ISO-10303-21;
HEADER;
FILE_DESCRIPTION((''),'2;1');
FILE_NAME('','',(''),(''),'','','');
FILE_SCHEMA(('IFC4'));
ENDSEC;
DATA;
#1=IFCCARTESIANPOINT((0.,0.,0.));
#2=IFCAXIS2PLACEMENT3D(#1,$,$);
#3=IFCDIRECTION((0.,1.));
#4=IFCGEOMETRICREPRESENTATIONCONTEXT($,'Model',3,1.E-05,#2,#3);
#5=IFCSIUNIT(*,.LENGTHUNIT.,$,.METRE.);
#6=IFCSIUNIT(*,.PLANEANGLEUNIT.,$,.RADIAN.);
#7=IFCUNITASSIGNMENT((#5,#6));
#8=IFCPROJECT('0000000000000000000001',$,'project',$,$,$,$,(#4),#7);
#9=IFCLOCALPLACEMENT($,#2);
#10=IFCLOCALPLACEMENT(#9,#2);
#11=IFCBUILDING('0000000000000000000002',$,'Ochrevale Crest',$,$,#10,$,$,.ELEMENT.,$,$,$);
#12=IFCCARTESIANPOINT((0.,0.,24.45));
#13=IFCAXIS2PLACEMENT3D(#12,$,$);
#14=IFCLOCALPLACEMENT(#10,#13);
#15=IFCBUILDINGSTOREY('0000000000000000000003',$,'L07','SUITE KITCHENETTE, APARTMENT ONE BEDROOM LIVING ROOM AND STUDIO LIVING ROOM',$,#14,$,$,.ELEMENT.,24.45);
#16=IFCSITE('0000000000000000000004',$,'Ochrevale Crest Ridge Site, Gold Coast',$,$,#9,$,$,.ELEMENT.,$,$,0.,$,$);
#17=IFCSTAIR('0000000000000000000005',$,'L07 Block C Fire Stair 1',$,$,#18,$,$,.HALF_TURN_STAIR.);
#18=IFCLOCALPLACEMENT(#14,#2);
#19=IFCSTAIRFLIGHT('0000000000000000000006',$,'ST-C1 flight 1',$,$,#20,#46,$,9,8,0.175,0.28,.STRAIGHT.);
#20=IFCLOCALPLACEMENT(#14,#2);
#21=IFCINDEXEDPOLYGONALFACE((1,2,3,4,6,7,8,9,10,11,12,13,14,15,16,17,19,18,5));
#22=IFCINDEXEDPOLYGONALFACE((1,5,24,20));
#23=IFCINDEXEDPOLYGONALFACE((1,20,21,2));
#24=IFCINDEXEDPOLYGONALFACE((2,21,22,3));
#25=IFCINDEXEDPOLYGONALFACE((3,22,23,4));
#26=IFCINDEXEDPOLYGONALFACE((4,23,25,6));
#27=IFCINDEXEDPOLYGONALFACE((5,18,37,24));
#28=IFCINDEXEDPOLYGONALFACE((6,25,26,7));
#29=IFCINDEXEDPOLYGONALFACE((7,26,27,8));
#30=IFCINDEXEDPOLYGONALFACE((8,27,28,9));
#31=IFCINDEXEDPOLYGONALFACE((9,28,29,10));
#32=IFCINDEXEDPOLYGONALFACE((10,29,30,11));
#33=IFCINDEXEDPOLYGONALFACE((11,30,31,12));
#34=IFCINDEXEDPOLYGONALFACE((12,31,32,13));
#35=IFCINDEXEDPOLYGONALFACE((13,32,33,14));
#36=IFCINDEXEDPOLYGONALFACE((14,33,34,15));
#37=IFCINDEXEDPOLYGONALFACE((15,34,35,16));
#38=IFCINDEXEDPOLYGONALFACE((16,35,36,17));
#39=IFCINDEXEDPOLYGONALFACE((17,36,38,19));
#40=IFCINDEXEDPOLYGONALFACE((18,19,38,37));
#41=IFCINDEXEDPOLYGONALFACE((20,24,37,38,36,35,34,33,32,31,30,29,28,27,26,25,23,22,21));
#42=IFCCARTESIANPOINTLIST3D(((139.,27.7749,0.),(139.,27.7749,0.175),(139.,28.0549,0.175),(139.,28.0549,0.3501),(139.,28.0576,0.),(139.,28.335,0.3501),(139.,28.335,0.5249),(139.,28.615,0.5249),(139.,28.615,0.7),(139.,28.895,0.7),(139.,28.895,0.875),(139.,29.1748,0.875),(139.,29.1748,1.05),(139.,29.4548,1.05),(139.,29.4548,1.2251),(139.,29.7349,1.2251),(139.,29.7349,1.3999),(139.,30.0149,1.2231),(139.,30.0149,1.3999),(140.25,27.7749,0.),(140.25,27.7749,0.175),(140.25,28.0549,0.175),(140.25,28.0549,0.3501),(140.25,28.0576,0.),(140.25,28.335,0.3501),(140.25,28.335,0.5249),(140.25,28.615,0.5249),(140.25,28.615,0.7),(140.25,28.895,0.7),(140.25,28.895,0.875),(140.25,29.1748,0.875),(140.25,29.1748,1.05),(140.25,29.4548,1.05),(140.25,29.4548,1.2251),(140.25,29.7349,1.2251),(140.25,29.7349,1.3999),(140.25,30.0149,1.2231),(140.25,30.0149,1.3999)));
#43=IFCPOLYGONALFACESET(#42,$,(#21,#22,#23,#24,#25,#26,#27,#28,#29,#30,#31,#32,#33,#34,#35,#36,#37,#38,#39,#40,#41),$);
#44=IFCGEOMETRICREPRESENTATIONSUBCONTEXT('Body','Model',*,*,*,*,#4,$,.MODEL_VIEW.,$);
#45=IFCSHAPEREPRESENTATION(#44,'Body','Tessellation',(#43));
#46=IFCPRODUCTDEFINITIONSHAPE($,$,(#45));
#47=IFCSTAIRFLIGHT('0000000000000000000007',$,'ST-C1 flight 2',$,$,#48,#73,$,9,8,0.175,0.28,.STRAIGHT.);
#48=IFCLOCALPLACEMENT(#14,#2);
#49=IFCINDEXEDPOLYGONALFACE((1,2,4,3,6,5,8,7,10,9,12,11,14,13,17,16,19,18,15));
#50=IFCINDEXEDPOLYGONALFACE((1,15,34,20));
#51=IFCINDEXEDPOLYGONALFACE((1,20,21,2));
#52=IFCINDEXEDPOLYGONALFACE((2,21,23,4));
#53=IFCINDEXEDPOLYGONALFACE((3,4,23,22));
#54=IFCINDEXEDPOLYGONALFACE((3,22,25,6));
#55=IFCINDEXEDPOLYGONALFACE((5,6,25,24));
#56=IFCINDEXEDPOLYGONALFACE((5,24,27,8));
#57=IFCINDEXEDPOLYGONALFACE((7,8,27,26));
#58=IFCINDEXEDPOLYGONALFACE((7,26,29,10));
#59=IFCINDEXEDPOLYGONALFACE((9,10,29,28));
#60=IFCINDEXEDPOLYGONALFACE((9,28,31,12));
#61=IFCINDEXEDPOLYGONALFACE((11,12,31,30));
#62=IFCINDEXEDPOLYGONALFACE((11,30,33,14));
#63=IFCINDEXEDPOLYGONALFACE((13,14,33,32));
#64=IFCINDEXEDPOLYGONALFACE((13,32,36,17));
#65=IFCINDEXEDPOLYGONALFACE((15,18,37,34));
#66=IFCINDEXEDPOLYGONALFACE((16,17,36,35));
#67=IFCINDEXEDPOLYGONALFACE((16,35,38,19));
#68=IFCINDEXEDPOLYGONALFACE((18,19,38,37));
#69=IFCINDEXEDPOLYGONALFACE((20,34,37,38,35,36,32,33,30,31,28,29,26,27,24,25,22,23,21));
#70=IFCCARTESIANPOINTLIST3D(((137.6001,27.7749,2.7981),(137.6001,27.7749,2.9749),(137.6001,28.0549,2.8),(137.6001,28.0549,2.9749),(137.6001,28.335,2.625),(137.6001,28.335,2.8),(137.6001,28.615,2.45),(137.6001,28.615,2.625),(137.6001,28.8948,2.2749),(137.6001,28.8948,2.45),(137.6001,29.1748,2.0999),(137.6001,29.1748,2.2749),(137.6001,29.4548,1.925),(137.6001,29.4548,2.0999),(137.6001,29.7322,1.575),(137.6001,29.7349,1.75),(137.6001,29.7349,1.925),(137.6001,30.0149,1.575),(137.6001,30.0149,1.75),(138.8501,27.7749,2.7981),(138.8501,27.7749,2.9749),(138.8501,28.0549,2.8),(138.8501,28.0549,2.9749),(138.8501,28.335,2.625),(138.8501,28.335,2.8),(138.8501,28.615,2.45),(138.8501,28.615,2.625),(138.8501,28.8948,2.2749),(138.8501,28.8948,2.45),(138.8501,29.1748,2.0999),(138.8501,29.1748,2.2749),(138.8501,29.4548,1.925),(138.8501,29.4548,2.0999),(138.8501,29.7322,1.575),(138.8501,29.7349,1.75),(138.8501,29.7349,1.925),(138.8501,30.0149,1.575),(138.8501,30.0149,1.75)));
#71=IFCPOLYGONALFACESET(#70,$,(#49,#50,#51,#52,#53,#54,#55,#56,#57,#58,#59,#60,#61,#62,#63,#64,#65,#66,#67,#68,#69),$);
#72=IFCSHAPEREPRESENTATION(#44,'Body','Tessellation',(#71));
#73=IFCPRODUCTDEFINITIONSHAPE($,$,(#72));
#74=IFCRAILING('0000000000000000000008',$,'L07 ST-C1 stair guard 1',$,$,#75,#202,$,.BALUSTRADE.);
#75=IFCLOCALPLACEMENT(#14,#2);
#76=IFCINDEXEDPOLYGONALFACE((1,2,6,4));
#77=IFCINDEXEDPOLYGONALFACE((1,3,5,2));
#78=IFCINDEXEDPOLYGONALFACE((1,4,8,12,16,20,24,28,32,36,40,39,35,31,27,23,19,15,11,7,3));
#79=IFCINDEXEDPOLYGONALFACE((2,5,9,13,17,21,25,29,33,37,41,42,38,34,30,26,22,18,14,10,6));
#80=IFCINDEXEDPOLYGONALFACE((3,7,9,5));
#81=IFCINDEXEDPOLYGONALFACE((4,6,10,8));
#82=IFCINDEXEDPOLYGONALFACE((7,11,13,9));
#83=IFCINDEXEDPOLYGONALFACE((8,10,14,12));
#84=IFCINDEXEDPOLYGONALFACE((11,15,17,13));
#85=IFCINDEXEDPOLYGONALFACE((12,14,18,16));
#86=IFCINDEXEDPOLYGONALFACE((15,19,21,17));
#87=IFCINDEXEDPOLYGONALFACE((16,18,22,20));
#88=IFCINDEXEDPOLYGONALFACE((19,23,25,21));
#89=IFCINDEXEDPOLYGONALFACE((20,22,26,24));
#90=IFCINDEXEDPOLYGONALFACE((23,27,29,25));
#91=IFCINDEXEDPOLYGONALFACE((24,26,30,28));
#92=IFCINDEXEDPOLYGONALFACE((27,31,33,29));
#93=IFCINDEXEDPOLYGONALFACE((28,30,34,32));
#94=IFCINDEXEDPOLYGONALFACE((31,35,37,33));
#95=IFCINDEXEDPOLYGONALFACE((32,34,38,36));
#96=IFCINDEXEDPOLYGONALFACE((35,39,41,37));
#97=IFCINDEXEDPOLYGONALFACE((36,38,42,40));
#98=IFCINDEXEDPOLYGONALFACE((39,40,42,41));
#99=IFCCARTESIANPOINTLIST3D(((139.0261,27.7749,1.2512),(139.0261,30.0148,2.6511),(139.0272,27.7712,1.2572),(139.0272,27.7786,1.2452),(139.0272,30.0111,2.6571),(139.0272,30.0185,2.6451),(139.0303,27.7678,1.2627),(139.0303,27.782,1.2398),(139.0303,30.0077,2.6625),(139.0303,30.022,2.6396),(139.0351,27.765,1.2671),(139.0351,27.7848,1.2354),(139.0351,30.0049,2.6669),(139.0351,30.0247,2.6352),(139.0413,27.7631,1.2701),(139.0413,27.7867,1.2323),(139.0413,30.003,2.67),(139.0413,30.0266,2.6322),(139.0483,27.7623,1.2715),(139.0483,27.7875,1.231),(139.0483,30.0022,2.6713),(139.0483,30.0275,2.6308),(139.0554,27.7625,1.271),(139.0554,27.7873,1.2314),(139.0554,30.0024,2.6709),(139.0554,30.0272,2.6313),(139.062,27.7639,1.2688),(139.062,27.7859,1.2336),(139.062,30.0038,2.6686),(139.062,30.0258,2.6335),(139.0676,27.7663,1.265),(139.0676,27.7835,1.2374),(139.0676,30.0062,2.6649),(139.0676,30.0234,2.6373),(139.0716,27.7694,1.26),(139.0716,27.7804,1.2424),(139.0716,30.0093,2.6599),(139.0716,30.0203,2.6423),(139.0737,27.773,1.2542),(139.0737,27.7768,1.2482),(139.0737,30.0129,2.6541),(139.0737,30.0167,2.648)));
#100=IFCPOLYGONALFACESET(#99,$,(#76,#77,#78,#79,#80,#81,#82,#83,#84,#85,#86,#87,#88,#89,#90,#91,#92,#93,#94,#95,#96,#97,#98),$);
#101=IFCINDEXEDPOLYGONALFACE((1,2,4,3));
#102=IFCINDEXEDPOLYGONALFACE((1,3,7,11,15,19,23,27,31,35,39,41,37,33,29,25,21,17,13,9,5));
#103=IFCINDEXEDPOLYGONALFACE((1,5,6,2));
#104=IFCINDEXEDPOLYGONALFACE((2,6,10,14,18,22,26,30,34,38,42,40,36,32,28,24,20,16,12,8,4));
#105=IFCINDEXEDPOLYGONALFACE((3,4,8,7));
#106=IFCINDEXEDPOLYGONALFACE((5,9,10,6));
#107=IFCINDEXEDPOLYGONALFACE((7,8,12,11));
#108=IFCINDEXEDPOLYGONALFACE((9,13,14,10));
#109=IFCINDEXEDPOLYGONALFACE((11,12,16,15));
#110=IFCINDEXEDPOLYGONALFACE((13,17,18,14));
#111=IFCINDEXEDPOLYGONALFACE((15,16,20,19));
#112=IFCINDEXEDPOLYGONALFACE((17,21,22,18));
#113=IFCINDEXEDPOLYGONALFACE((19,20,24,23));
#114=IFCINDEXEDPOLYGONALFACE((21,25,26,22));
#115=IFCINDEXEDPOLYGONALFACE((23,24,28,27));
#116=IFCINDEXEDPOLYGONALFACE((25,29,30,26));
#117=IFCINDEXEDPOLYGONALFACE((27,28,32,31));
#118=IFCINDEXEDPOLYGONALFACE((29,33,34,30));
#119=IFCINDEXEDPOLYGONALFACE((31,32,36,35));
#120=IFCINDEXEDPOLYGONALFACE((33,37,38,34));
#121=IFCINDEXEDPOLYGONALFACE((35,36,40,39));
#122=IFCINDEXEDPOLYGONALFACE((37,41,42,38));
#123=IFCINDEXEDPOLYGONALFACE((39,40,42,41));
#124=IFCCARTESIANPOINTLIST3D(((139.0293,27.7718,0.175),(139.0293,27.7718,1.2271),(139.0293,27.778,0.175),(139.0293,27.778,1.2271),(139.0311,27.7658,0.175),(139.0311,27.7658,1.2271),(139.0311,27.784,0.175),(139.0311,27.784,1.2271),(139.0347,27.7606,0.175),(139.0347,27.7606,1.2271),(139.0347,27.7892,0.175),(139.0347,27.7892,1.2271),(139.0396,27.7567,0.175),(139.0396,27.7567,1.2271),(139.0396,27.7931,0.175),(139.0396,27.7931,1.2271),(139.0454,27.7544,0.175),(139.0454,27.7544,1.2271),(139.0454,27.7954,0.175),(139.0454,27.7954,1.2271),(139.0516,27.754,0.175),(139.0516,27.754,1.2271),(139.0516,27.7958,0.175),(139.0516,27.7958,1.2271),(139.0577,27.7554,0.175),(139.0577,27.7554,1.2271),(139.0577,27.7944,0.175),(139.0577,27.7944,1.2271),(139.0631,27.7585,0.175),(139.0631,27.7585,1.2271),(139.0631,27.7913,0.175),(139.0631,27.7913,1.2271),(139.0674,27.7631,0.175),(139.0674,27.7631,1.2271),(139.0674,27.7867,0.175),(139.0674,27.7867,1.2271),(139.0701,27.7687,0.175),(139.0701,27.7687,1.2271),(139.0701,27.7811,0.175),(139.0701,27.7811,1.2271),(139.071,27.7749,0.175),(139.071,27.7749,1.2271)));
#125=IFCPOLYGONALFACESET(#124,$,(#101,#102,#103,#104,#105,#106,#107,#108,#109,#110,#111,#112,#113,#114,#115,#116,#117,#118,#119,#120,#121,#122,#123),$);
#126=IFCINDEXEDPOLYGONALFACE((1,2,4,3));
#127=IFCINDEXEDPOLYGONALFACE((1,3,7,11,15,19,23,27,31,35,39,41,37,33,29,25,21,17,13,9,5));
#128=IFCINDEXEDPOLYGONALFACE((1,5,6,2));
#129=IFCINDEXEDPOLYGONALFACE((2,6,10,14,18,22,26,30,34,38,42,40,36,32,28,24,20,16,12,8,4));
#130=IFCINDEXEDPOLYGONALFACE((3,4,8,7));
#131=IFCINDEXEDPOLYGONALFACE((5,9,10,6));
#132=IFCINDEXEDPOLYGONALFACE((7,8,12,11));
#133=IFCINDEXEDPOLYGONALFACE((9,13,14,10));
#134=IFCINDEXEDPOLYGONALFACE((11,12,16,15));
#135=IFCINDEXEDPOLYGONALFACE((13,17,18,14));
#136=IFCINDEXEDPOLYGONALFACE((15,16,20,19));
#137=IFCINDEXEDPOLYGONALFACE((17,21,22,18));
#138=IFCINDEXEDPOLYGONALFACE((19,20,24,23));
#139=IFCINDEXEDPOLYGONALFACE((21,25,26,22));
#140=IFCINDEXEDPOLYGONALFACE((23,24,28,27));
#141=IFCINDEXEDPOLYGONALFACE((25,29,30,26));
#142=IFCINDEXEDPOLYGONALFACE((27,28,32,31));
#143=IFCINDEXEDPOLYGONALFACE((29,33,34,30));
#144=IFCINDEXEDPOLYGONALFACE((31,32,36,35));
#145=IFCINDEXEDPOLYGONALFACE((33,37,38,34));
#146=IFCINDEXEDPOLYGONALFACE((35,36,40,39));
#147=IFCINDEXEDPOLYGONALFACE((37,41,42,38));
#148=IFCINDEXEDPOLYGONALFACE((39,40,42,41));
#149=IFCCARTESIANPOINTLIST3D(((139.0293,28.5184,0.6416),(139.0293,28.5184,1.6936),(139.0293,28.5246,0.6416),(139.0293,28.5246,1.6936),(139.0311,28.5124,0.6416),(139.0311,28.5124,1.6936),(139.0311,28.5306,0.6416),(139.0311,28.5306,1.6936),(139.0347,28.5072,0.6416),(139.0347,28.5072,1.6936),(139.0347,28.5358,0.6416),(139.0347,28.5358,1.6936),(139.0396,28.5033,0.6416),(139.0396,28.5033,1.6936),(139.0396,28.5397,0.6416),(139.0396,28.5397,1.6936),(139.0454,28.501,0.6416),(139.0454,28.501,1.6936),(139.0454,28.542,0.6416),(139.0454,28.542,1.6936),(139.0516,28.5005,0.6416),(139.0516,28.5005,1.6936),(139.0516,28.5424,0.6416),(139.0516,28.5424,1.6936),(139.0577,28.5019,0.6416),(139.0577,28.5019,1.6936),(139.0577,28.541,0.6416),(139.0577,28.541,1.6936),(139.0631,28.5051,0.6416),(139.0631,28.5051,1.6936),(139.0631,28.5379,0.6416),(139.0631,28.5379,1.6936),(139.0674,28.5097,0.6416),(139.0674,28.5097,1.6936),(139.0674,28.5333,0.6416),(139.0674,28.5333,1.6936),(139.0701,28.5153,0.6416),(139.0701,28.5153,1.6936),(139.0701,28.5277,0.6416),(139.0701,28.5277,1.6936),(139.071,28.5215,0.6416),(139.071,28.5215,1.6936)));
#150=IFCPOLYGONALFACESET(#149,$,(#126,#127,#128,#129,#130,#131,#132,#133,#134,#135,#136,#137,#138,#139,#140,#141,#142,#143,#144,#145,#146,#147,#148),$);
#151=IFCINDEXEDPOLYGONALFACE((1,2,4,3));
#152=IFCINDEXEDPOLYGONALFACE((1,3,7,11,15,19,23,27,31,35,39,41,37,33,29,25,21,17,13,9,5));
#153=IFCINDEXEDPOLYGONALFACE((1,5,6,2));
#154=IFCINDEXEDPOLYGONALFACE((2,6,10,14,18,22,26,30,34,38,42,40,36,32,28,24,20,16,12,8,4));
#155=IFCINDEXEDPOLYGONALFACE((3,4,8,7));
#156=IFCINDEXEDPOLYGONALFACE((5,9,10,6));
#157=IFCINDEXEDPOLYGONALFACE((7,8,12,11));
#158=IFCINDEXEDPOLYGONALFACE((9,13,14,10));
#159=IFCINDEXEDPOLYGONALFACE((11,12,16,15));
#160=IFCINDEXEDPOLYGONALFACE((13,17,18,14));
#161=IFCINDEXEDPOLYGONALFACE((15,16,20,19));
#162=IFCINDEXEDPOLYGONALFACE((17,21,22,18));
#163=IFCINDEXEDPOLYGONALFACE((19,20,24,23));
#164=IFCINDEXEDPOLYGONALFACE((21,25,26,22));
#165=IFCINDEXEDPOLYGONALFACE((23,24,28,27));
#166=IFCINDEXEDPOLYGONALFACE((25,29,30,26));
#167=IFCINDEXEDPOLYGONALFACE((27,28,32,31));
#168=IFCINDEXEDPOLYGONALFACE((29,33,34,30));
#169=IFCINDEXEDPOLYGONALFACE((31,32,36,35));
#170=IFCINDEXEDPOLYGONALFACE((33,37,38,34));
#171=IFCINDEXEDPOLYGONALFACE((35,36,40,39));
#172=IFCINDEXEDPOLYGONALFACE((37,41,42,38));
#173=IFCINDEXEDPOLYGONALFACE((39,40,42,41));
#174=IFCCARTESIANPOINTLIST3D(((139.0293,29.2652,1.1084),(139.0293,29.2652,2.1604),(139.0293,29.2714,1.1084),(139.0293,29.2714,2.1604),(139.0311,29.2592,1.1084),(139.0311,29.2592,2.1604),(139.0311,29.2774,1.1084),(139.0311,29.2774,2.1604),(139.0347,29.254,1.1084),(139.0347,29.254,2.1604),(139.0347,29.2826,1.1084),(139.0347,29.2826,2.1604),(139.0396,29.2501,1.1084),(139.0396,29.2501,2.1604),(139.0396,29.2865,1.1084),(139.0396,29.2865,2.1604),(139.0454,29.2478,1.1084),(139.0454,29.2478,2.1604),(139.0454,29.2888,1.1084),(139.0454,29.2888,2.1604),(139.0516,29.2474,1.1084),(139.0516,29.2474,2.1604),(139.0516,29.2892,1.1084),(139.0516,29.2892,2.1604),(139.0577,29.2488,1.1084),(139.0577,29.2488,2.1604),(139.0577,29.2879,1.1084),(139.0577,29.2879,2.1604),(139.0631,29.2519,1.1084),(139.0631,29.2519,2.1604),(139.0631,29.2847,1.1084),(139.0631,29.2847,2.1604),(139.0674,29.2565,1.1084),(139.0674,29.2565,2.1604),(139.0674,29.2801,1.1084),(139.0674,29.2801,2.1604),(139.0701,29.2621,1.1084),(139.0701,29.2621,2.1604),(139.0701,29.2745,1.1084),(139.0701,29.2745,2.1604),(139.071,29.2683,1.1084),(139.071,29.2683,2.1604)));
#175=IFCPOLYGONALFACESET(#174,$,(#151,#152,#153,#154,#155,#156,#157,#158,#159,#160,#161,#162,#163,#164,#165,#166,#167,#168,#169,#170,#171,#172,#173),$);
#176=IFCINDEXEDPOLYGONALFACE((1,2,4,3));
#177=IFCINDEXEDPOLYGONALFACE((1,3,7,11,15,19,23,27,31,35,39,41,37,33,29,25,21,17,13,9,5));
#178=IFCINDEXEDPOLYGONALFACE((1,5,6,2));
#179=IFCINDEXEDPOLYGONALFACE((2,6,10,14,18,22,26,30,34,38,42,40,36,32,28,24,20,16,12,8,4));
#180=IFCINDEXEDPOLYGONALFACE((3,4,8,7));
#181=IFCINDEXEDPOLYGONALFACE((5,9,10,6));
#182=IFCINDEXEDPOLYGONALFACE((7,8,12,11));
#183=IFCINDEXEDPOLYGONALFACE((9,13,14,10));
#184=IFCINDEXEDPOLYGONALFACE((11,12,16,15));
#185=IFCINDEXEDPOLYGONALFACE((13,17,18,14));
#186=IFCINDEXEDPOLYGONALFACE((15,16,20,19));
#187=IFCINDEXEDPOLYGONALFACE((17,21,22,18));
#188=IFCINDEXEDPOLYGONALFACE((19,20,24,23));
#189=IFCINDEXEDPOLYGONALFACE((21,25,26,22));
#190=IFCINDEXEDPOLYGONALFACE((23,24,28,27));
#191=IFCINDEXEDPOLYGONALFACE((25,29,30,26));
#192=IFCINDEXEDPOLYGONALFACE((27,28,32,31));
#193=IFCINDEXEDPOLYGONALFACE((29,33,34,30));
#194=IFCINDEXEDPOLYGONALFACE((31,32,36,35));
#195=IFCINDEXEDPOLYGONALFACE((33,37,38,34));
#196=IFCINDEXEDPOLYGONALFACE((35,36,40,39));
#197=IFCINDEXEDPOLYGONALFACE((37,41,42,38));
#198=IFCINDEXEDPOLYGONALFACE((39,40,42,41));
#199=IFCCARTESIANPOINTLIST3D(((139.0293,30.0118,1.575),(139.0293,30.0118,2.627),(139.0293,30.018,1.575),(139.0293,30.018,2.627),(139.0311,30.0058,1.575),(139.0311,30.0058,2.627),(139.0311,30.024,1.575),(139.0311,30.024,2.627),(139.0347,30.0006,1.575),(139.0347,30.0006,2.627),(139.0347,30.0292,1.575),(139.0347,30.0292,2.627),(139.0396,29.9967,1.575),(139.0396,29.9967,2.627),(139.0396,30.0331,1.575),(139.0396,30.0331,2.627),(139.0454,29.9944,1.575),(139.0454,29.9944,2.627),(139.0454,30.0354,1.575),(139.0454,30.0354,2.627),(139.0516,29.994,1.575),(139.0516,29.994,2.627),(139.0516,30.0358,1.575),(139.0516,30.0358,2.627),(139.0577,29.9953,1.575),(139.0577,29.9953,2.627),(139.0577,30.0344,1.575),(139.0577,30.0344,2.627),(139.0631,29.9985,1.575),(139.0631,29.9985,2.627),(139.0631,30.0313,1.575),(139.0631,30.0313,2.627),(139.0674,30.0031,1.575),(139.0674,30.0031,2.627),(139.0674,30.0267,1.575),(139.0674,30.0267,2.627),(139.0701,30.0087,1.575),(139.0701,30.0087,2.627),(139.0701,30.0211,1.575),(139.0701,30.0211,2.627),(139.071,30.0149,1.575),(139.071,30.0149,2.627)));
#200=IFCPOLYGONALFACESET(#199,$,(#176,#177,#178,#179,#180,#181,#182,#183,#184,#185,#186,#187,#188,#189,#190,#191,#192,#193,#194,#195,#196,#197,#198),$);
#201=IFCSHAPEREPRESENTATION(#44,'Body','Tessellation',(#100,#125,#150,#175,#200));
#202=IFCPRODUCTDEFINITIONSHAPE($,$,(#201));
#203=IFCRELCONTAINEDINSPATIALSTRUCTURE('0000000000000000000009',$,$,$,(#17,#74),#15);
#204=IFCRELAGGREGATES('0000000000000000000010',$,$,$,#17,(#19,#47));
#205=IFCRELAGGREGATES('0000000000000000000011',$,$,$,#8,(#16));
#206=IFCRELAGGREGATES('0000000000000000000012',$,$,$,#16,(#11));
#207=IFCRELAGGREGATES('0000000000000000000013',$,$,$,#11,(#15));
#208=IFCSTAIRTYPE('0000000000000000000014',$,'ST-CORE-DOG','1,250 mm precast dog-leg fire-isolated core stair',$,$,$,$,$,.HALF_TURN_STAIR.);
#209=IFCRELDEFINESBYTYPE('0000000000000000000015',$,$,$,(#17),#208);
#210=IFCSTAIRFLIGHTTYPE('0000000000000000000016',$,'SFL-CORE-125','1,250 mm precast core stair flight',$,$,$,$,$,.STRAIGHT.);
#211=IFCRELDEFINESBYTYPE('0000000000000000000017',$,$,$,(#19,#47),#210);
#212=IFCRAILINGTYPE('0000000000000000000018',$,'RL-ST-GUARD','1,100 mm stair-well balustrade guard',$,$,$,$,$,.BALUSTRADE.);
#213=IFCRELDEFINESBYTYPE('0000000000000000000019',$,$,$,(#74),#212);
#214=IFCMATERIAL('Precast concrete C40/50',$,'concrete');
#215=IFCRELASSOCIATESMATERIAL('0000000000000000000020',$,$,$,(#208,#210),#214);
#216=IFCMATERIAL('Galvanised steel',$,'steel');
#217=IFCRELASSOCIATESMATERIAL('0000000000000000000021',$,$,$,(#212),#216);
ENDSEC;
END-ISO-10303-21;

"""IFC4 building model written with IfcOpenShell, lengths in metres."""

from ifc_helpers import new_model, si_unit, direction, frame, origin, origin_2d, place, context, subcontext, project, spatial, polyline, circle, outline, extrude, material, type_object, element, aggregate, save


model = new_model("IFC4")

# Units and contexts
model_context = context("Model", 3, precision=1e-05, world=origin(), true_north=direction((0.0, 1.0)))
body_context = subcontext(model_context, "Body", "Model", "MODEL_VIEW")
ifc_project = project(units=[si_unit("LENGTHUNIT", "METRE"), si_unit("PLANEANGLEUNIT", "RADIAN")], contexts=[model_context])

# Site, building, storey
site_placement = place(None, origin())
site = spatial("IfcSite", under=ifc_project, at=site_placement, Name="Ochrevale Crest Ridge Site, Gold Coast", CompositionType="ELEMENT", RefElevation=0.0)
building_placement = place(site_placement, origin())
building = spatial("IfcBuilding", under=site, at=building_placement, Name="Ochrevale Crest", CompositionType="ELEMENT")
storey_placement = place(building_placement, frame((0.0, 0.0, 24.45)))
storey = spatial("IfcBuildingStorey", under=building, at=storey_placement, Name="L07", Description="SUITE KITCHENETTE, APARTMENT ONE BEDROOM LIVING ROOM AND STUDIO LIVING ROOM", CompositionType="ELEMENT", Elevation=24.45)

# Stair, stair flights
ifc_material_1 = material(Name="Precast concrete C40/50", Category="concrete")
stair_type = type_object("IfcStairType", Name="ST-CORE-DOG", Description="1,250 mm precast dog-leg fire-isolated core stair", PredefinedType="HALF_TURN_STAIR", material=ifc_material_1)
stair_placement = place(storey_placement, origin())
stair = element("IfcStair", 1, at=stair_placement, inside=storey, type_object=stair_type, Name="L07 Block C Fire Stair 1", PredefinedType="HALF_TURN_STAIR")
stair_flight_type = type_object("IfcStairFlightType", Name="SFL-CORE-125", Description="1,250 mm precast core stair flight", PredefinedType="STRAIGHT", material=ifc_material_1)
stair_flight_1_placement = place(storey_placement, frame((139.625, 27.7749, 0.0), z_axis=(0.0, 0.0, 1.0), x_axis=(0.0, 1.0, 0.0)))
stair_flight_1 = element("IfcStairFlight", 2, at=stair_flight_1_placement, type_object=stair_flight_type, Name="ST-C1 flight 1", NumberOfRisers=9, NumberOfTreads=8, PredefinedType="STRAIGHT", RiserHeight=0.175, TreadLength=0.28, context=body_context, shape_type="SweptSolid", body=[
    extrude(outline(polyline([(0.0, 0.0), (0.0, 0.175), (0.28, 0.175), (0.28, 0.3501), (0.5601, 0.3501), (0.5601, 0.5249), (0.8401, 0.5249), (0.8401, 0.7), (1.1201, 0.7), (1.1201, 0.875), (1.3999, 0.875), (1.3999, 1.05), (1.6799, 1.05), (1.6799, 1.2251), (1.96, 1.2251), (1.96, 1.3999), (2.24, 1.3999), (2.24, 1.575), (2.24, 1.2231), (0.2827, 0.0), (0.0, 0.0)])), frame((0.0, 0.625, 0.0), z_axis=(0.0, -1.0, 0.0), x_axis=(1.0, 0.0, 0.0)), (0.0, 0.0, 1.0), 1.25),
])
stair_flight_2_placement = place(storey_placement, frame((138.2251, 30.0149, 1.575), z_axis=(0.0, 0.0, 1.0), x_axis=(0.0, -1.0, 0.0)))
stair_flight_2 = element("IfcStairFlight", 3, at=stair_flight_2_placement, type_object=stair_flight_type, Name="ST-C1 flight 2", NumberOfRisers=9, NumberOfTreads=8, PredefinedType="STRAIGHT", RiserHeight=0.175, TreadLength=0.28, context=body_context, shape_type="SweptSolid", body=[
    extrude(outline(polyline([(0.0, 0.0), (0.0, 0.175), (0.28, 0.175), (0.28, 0.3501), (0.5601, 0.3501), (0.5601, 0.5249), (0.8401, 0.5249), (0.8401, 0.7), (1.1201, 0.7), (1.1201, 0.875), (1.3999, 0.875), (1.3999, 1.05), (1.6799, 1.05), (1.6799, 1.2251), (1.96, 1.2251), (1.96, 1.3999), (2.24, 1.3999), (2.24, 1.575), (2.24, 1.2231), (0.2827, 0.0), (0.0, 0.0)])), frame((0.0, 0.625, 0.0), z_axis=(0.0, -1.0, 0.0), x_axis=(1.0, 0.0, 0.0)), (0.0, 0.0, 1.0), 1.25),
])
aggregate(stair, [stair_flight_1, stair_flight_2])

# Railing
ifc_material_2 = material(Name="Galvanised steel", Category="steel")
railing_type_1 = type_object("IfcRailingType", Name="RL-ST-GUARD", Description="1,100 mm stair-well balustrade guard", PredefinedType="BALUSTRADE", material=ifc_material_2)
railing_1_placement = place(storey_placement, frame((139.05, 27.7749, 0.175)))
element("IfcRailing", 4, at=railing_1_placement, inside=storey, type_object=railing_type_1, Name="L07 ST-C1 stair guard 1", PredefinedType="BALUSTRADE", context=body_context, shape_type="SweptSolid", body=[
    extrude(circle(Radius=0.0239, at=origin_2d()), frame((0.0, 0.0, 1.0762), z_axis=(0.0, 0.848014, 0.529974), x_axis=(-1.0, 0.0, 0.0)), (0.0, 0.0, 1.0), 2.6414),
    extrude(circle(Radius=0.021, at=origin_2d()), origin(), (0.0, 0.0, 1.0), 1.052),
    extrude(circle(Radius=0.021, at=origin_2d()), frame((0.0, 0.7466, 0.4666)), (0.0, 0.0, 1.0), 1.052),
    extrude(circle(Radius=0.021, at=origin_2d()), frame((0.0, 1.4934, 0.9333)), (0.0, 0.0, 1.0), 1.052),
    extrude(circle(Radius=0.021, at=origin_2d()), frame((0.0, 2.24, 1.3999)), (0.0, 0.0, 1.0), 1.052),
])

save(model, "model.ifc")
